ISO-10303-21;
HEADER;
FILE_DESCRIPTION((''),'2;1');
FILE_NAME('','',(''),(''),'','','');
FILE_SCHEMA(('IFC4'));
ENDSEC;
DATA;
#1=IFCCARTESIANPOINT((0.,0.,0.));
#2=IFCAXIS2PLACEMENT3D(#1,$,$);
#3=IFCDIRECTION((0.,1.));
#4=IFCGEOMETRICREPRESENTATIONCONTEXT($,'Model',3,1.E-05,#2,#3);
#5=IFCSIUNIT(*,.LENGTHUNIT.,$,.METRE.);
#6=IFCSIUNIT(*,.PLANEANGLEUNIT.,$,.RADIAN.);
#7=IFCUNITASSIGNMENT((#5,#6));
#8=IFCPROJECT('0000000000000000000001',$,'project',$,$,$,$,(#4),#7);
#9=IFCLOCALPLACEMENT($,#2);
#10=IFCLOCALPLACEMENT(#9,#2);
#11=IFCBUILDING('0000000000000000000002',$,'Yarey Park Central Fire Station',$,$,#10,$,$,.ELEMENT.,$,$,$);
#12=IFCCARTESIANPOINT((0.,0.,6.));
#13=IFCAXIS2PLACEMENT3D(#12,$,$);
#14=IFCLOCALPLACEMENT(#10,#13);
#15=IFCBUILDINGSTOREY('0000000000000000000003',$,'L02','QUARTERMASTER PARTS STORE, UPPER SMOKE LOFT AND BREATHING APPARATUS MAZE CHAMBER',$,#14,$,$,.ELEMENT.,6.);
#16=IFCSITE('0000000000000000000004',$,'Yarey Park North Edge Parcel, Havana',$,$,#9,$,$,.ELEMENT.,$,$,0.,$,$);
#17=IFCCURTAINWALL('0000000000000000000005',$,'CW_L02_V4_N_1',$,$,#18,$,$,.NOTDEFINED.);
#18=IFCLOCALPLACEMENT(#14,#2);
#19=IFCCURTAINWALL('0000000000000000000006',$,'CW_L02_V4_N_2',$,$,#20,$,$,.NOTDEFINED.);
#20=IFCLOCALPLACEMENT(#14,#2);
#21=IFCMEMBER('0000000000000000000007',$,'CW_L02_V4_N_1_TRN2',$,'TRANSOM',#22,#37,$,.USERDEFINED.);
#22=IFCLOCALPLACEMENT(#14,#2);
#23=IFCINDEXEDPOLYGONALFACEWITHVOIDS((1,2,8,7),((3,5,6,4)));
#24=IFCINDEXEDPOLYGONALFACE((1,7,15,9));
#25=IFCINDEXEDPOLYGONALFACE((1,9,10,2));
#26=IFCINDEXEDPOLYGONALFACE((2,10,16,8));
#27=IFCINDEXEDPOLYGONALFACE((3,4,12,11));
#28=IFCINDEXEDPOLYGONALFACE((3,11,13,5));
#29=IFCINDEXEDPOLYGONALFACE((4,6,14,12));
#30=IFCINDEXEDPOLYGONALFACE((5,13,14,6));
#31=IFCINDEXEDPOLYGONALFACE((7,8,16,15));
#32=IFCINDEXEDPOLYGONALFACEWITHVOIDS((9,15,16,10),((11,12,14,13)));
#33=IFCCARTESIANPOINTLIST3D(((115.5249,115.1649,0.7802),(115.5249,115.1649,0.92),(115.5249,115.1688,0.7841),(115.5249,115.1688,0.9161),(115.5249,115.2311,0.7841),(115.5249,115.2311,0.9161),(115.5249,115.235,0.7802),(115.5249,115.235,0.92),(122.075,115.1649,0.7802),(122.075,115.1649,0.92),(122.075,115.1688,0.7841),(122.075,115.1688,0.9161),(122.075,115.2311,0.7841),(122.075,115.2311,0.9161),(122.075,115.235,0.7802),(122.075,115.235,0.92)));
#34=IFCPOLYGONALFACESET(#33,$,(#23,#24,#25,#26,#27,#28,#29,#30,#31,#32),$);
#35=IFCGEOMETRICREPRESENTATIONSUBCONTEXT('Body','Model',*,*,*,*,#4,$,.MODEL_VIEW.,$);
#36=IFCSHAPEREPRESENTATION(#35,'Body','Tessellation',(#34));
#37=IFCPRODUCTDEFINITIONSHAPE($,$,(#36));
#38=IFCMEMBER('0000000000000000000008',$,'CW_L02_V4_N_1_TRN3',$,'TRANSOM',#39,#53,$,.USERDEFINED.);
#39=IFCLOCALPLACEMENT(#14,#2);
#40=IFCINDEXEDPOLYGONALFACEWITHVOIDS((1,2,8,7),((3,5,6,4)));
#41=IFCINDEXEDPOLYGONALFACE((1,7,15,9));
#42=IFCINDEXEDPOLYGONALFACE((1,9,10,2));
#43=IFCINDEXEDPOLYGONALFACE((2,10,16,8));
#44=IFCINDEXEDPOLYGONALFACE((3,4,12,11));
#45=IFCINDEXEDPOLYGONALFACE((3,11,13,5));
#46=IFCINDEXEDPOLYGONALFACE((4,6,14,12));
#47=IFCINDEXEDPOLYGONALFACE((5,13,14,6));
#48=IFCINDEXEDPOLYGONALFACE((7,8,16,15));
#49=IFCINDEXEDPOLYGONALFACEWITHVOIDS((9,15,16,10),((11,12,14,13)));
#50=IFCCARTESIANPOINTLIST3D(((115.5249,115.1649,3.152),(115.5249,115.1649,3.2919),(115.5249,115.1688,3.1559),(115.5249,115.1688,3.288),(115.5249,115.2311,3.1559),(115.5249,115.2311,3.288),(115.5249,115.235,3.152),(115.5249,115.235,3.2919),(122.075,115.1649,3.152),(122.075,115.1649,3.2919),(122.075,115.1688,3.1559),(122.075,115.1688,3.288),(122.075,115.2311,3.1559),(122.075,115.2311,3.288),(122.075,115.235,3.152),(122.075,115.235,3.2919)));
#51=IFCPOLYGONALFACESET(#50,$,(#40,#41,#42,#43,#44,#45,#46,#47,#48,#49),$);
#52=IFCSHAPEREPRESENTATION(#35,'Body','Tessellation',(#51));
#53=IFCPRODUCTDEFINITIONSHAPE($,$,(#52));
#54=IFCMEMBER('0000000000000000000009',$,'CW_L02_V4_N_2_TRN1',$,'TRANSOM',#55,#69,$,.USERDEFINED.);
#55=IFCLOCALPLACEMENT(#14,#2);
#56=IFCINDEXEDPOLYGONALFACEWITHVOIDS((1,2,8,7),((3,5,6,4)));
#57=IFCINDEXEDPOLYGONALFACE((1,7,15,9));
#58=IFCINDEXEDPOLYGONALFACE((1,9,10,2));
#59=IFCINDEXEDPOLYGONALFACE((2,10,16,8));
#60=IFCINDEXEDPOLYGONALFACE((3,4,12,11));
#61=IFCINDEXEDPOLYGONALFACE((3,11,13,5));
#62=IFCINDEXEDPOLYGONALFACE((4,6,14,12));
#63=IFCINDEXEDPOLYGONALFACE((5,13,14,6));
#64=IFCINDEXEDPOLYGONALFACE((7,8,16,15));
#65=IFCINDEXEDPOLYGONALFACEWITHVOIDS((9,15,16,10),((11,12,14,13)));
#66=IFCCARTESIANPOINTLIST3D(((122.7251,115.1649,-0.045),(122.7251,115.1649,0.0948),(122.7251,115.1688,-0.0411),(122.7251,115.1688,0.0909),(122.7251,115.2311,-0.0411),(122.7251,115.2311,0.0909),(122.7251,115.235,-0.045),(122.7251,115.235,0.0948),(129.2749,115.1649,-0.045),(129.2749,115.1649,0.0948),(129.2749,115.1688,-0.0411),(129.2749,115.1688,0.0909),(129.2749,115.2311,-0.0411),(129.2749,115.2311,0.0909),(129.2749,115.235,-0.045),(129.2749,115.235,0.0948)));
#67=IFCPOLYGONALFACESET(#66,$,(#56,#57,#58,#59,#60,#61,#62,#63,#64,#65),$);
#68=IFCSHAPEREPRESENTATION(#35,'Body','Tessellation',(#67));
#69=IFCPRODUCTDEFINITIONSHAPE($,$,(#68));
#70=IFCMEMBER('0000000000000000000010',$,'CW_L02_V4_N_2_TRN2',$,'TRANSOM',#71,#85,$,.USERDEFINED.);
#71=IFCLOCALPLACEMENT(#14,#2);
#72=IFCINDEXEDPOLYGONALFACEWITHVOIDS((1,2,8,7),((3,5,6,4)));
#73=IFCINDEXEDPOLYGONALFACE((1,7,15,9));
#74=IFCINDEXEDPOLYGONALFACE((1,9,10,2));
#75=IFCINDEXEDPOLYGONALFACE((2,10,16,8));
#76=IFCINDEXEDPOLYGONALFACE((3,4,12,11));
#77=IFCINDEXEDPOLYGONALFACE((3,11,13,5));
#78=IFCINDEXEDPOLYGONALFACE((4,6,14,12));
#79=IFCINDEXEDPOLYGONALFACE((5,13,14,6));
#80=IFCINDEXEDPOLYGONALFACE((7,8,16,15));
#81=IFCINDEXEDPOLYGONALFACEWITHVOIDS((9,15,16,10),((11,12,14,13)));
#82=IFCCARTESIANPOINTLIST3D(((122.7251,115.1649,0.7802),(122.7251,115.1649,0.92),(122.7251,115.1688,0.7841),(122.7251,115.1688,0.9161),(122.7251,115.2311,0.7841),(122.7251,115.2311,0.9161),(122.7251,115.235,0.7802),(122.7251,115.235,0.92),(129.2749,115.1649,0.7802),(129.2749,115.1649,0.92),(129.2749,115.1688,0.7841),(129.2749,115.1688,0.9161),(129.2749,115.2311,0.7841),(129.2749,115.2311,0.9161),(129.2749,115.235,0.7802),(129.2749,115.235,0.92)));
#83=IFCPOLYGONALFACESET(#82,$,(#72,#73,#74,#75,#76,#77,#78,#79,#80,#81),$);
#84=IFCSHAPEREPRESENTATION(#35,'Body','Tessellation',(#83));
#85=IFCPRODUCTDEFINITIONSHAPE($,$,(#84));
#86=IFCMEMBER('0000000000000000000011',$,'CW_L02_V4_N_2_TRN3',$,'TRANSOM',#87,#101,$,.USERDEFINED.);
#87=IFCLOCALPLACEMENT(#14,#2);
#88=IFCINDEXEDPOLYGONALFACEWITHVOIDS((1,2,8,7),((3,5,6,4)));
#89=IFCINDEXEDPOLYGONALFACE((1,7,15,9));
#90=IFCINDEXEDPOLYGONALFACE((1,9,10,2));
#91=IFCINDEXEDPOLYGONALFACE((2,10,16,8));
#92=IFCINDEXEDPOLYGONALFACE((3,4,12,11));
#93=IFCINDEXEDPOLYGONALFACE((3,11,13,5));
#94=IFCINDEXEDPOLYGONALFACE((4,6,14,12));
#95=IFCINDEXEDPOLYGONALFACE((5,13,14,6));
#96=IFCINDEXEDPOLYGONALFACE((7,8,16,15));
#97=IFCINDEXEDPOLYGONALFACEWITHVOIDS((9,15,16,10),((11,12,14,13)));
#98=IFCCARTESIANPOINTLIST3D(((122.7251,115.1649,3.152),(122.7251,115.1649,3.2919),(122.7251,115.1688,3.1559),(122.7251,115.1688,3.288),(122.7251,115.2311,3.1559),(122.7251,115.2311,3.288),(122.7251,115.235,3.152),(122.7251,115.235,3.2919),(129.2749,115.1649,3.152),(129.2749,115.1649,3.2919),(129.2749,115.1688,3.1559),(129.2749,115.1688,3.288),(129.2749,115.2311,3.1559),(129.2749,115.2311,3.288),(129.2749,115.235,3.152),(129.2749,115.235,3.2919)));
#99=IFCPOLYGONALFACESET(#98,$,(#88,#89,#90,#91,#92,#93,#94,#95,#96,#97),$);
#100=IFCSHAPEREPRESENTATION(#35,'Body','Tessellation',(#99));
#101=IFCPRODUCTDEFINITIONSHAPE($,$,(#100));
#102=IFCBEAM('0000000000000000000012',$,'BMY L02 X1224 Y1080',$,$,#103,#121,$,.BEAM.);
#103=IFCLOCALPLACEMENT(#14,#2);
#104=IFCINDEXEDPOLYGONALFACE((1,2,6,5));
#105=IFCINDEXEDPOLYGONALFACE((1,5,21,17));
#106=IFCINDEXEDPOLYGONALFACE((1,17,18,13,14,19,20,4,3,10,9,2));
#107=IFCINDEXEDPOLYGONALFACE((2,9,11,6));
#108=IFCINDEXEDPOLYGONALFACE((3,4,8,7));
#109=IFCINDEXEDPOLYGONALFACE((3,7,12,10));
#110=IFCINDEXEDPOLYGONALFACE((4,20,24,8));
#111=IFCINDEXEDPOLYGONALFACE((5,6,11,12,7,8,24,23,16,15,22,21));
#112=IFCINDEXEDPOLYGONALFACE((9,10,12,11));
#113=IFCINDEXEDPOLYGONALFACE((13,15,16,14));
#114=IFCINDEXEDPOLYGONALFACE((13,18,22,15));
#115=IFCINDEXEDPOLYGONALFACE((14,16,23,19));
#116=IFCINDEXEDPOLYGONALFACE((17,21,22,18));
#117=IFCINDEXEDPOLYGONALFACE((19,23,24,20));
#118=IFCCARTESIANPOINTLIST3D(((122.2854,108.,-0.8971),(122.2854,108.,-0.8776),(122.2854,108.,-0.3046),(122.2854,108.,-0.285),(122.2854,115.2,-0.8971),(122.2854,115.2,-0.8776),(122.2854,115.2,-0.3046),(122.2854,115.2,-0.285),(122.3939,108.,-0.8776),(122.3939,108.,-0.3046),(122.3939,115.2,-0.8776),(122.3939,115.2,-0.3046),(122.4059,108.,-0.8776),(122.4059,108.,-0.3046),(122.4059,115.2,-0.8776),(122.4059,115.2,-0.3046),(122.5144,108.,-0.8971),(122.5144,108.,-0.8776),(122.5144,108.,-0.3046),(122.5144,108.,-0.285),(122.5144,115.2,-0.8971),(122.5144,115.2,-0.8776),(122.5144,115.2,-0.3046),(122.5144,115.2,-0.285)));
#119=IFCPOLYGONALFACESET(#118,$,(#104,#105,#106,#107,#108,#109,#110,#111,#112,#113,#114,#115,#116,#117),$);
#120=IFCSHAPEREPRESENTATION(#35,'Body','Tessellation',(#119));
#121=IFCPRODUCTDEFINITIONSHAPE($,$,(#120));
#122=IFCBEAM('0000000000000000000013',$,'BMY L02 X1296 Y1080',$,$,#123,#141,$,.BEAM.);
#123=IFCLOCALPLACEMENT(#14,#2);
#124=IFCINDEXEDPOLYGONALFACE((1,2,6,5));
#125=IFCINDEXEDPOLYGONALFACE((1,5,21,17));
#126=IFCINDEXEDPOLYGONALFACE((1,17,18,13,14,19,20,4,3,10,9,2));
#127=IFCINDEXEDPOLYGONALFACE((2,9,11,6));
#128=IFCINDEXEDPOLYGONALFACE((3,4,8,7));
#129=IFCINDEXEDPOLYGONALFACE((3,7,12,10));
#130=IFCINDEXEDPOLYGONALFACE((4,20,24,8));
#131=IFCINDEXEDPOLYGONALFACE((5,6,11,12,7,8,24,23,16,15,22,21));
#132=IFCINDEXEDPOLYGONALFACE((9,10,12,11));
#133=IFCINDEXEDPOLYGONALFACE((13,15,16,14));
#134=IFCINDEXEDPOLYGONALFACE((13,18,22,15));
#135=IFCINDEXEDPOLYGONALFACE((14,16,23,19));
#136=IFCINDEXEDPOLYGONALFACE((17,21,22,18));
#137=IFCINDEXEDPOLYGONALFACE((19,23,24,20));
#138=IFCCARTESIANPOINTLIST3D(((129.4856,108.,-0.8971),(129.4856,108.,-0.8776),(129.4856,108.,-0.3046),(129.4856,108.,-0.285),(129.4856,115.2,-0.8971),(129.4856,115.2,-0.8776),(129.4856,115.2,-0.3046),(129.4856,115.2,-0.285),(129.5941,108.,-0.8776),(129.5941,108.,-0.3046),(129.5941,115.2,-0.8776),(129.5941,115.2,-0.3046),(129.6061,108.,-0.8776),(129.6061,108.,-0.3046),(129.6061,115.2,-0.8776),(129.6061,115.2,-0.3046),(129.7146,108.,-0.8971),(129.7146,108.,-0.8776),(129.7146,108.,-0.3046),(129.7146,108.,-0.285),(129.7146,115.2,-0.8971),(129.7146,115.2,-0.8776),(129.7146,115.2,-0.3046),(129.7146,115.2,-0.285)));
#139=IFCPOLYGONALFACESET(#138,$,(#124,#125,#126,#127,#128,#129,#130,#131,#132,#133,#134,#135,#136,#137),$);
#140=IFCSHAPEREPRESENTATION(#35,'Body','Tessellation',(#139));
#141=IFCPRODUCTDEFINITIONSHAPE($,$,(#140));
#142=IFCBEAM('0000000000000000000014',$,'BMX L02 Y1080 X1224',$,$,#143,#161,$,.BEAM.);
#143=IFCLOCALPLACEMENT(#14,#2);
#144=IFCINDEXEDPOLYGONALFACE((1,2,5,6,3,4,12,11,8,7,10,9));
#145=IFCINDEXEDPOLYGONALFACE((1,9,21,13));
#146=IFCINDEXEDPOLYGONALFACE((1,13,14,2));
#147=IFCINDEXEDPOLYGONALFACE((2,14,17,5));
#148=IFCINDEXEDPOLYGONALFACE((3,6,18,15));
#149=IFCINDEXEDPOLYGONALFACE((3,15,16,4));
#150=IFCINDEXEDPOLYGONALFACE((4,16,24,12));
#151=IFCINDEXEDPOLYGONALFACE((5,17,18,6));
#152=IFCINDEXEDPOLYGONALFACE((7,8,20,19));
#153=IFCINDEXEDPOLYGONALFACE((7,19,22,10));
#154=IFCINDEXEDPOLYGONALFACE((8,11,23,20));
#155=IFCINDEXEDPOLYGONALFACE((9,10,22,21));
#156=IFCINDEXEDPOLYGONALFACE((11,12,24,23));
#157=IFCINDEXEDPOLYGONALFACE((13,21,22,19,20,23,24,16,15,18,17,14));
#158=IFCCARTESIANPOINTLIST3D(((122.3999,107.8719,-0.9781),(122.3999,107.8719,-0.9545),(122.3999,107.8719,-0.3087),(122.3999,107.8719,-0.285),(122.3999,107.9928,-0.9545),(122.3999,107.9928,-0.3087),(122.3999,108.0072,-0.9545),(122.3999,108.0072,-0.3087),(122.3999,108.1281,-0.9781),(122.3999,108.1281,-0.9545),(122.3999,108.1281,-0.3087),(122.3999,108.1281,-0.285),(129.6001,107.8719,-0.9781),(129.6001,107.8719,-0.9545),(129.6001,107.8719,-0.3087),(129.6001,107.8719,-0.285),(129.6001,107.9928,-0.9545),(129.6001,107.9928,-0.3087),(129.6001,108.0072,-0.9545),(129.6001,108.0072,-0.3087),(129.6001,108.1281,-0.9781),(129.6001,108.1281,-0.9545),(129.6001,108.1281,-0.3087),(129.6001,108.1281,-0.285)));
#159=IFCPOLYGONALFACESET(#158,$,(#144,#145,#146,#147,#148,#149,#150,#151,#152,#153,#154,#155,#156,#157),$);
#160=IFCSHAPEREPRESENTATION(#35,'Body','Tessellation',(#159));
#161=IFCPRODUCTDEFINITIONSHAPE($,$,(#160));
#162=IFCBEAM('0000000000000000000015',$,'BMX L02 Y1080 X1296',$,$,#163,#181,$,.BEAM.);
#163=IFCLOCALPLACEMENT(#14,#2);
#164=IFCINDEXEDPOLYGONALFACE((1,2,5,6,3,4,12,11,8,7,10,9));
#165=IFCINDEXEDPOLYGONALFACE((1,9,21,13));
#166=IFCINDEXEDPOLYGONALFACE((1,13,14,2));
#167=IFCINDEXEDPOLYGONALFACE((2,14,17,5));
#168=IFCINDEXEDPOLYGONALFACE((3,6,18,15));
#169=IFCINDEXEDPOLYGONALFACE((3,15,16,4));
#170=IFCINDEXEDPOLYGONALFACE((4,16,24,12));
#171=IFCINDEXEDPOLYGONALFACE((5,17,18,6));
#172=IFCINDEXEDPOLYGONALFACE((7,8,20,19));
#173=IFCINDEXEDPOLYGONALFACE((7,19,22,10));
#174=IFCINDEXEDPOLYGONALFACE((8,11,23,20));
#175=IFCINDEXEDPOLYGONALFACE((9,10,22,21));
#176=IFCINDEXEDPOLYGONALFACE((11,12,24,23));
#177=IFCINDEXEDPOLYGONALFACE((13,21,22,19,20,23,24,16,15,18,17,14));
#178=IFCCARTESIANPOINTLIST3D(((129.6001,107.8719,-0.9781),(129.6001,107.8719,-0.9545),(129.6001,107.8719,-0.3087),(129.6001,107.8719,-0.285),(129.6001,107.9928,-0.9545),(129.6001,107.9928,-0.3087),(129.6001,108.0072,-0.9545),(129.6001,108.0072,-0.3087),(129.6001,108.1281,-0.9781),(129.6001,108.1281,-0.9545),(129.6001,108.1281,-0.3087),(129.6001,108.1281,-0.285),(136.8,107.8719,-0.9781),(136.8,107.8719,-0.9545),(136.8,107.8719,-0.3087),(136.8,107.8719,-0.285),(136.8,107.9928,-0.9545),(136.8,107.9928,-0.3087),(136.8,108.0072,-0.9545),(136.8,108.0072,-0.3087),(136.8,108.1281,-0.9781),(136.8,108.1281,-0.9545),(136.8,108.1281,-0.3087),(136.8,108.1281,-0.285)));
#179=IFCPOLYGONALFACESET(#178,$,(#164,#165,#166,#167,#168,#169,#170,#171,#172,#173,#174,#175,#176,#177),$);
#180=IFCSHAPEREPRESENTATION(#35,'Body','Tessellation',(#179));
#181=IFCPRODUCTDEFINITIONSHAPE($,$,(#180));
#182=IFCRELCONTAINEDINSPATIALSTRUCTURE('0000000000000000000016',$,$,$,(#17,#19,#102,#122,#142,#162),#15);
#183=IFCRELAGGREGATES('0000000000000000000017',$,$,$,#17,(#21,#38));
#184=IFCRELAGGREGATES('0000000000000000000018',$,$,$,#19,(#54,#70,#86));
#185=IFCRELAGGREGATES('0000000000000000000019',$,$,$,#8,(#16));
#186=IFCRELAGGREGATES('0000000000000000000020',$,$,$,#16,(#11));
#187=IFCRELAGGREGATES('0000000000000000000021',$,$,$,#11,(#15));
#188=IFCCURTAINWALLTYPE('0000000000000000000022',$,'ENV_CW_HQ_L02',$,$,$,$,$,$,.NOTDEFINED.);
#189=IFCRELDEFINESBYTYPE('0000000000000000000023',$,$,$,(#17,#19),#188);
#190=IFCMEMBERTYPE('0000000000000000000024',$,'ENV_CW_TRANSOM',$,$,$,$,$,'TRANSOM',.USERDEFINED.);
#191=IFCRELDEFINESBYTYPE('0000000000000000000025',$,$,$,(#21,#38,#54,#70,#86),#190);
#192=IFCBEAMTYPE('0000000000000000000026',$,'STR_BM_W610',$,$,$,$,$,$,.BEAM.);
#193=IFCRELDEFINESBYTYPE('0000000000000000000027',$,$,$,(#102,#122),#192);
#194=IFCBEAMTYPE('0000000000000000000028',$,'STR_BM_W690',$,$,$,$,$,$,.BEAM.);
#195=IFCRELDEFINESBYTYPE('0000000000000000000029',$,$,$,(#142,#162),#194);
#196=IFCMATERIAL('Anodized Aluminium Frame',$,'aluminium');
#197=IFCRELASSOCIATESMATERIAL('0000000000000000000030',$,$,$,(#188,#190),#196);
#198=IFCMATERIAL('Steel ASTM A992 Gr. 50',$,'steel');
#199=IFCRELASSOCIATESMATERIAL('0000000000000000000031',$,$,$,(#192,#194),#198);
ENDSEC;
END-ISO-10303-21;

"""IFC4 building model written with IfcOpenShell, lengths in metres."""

from ifc_helpers import new_model, si_unit, direction, frame, origin, origin_2d, place, context, subcontext, project, spatial, hollow_rectangle, i_section, extrude, material, material_profile, profile_set, type_object, element, aggregate, save


model = new_model("IFC4")

# Units and contexts
model_context = context("Model", 3, precision=1e-05, world=origin(), true_north=direction((0.0, 1.0)))
body_context = subcontext(model_context, "Body", "Model", "MODEL_VIEW")
ifc_project = project(units=[si_unit("LENGTHUNIT", "METRE"), si_unit("PLANEANGLEUNIT", "RADIAN")], contexts=[model_context])

# Site, building, storey
site_placement = place(None, origin())
site = spatial("IfcSite", under=ifc_project, at=site_placement, Name="Yarey Park North Edge Parcel, Havana", CompositionType="ELEMENT", RefElevation=0.0)
building_placement = place(site_placement, origin())
building = spatial("IfcBuilding", under=site, at=building_placement, Name="Yarey Park Central Fire Station", CompositionType="ELEMENT")
storey_placement = place(building_placement, frame((0.0, 0.0, 6.0)))
storey = spatial("IfcBuildingStorey", under=building, at=storey_placement, Name="L02", Description="QUARTERMASTER PARTS STORE, UPPER SMOKE LOFT AND BREATHING APPARATUS MAZE CHAMBER", CompositionType="ELEMENT", Elevation=6.0)

# Curtain wall
ifc_material_1 = material(Name="Anodized Aluminium Frame", Category="aluminium")
curtain_wall_type = type_object("IfcCurtainWallType", Name="ENV_CW_HQ_L02", PredefinedType="NOTDEFINED", material=ifc_material_1)
curtain_wall_1_placement = place(storey_placement, origin())
curtain_wall_1 = element("IfcCurtainWall", 1, at=curtain_wall_1_placement, inside=storey, type_object=curtain_wall_type, Name="CW_L02_V4_N_1", PredefinedType="NOTDEFINED")

# Curtain wall
curtain_wall_2_placement = place(storey_placement, origin())
curtain_wall_2 = element("IfcCurtainWall", 2, at=curtain_wall_2_placement, inside=storey, type_object=curtain_wall_type, Name="CW_L02_V4_N_2", PredefinedType="NOTDEFINED")

# Members
ifc_material_profile_1 = material_profile(ifc_material_1, hollow_rectangle(XDim=0.0701, YDim=0.1399, WallThickness=0.0039, at=origin_2d()), Name="ALU 140x70x4")
ifc_profile_set_1 = profile_set([ifc_material_profile_1], Name="Anodized Aluminium Frame")
member_type_1 = type_object("IfcMemberType", Name="ENV_CW_TRANSOM", ElementType="TRANSOM", PredefinedType="USERDEFINED", material=ifc_profile_set_1)
member_1_placement = place(storey_placement, frame((122.075, 115.2, 0.8501), z_axis=(-1.0, 0.0, 0.0), x_axis=(0.0, -1.0, 0.0)))
member_1 = element("IfcMember", 3, at=member_1_placement, type_object=member_type_1, Name="CW_L02_V4_N_1_TRN2", ObjectType="TRANSOM", PredefinedType="USERDEFINED", context=body_context, shape_type="SweptSolid", body=[
    extrude(hollow_rectangle(XDim=0.0701, YDim=0.1399, WallThickness=0.0039, at=origin_2d()), origin(), (0.0, 0.0, 1.0), 6.55),
])
member_2_placement = place(storey_placement, frame((122.075, 115.2, 3.2219), z_axis=(-1.0, 0.0, 0.0), x_axis=(0.0, -1.0, 0.0)))
member_2 = element("IfcMember", 4, at=member_2_placement, type_object=member_type_1, Name="CW_L02_V4_N_1_TRN3", ObjectType="TRANSOM", PredefinedType="USERDEFINED", context=body_context, shape_type="SweptSolid", body=[
    extrude(hollow_rectangle(XDim=0.0701, YDim=0.1399, WallThickness=0.0039, at=origin_2d()), origin(), (0.0, 0.0, 1.0), 6.55),
])
aggregate(curtain_wall_1, [member_1, member_2])
member_3_placement = place(storey_placement, frame((129.2749, 115.2, 0.0249), z_axis=(-1.0, 0.0, 0.0), x_axis=(0.0, -1.0, 0.0)))
member_3 = element("IfcMember", 5, at=member_3_placement, type_object=member_type_1, Name="CW_L02_V4_N_2_TRN1", ObjectType="TRANSOM", PredefinedType="USERDEFINED", context=body_context, shape_type="SweptSolid", body=[
    extrude(hollow_rectangle(XDim=0.0701, YDim=0.1399, WallThickness=0.0039, at=origin_2d()), origin(), (0.0, 0.0, 1.0), 6.5498),
])
member_4_placement = place(storey_placement, frame((129.2749, 115.2, 0.8501), z_axis=(-1.0, 0.0, 0.0), x_axis=(0.0, -1.0, 0.0)))
member_4 = element("IfcMember", 6, at=member_4_placement, type_object=member_type_1, Name="CW_L02_V4_N_2_TRN2", ObjectType="TRANSOM", PredefinedType="USERDEFINED", context=body_context, shape_type="SweptSolid", body=[
    extrude(hollow_rectangle(XDim=0.0701, YDim=0.1399, WallThickness=0.0039, at=origin_2d()), origin(), (0.0, 0.0, 1.0), 6.5498),
])
member_5_placement = place(storey_placement, frame((129.2749, 115.2, 3.2219), z_axis=(-1.0, 0.0, 0.0), x_axis=(0.0, -1.0, 0.0)))
member_5 = element("IfcMember", 7, at=member_5_placement, type_object=member_type_1, Name="CW_L02_V4_N_2_TRN3", ObjectType="TRANSOM", PredefinedType="USERDEFINED", context=body_context, shape_type="SweptSolid", body=[
    extrude(hollow_rectangle(XDim=0.0701, YDim=0.1399, WallThickness=0.0039, at=origin_2d()), origin(), (0.0, 0.0, 1.0), 6.5498),
])

# Beams
ifc_material_2 = material(Name="Steel ASTM A992 Gr. 50", Category="steel")
ifc_material_profile_2 = material_profile(ifc_material_2, i_section(OverallWidth=0.229, OverallDepth=0.6121, WebThickness=0.012, FlangeThickness=0.0195, at=origin_2d()), Name="W610x125")
ifc_profile_set_2 = profile_set([ifc_material_profile_2], Name="Steel ASTM A992 Gr. 50")
beam_type_1 = type_object("IfcBeamType", Name="STR_BM_W610", PredefinedType="BEAM", material=ifc_profile_set_2)
for number, where, z_axis, x_axis, name in (
    (8, (122.3999, 108.0, -0.5911), (0.0, 1.0, 0.0), (-1.0, 0.0, 0.0), "BMY L02 X1224 Y1080"),
    (9, (129.6001, 108.0, -0.5911), (0.0, 1.0, 0.0), (-1.0, 0.0, 0.0), "BMY L02 X1296 Y1080"),
):
    element("IfcBeam", number, at=place(storey_placement, frame(where, z_axis=z_axis, x_axis=x_axis)), inside=storey, type_object=beam_type_1, Name=name, PredefinedType="BEAM", context=body_context, shape_type="SweptSolid", body=[
        extrude(i_section(OverallWidth=0.229, OverallDepth=0.6121, WebThickness=0.012, FlangeThickness=0.0195, at=origin_2d()), origin(), (0.0, 0.0, 1.0), 7.2),
    ])
ifc_material_profile_3 = material_profile(ifc_material_2, i_section(OverallWidth=0.2561, OverallDepth=0.6931, WebThickness=0.0144, FlangeThickness=0.0237, at=origin_2d()), Name="W690x170")
ifc_profile_set_3 = profile_set([ifc_material_profile_3], Name="Steel ASTM A992 Gr. 50")
beam_type_2 = type_object("IfcBeamType", Name="STR_BM_W690", PredefinedType="BEAM", material=ifc_profile_set_3)
beam_1_placement = place(storey_placement, frame((122.3999, 108.0, -0.6316), z_axis=(1.0, 0.0, 0.0), x_axis=(0.0, 1.0, 0.0)))
element("IfcBeam", 10, at=beam_1_placement, inside=storey, type_object=beam_type_2, Name="BMX L02 Y1080 X1224", PredefinedType="BEAM", context=body_context, shape_type="SweptSolid", body=[
    extrude(i_section(OverallWidth=0.2561, OverallDepth=0.6931, WebThickness=0.0144, FlangeThickness=0.0237, at=origin_2d()), origin(), (0.0, 0.0, 1.0), 7.2002),
])
beam_2_placement = place(storey_placement, frame((129.6001, 108.0, -0.6316), z_axis=(1.0, 0.0, 0.0), x_axis=(0.0, 1.0, 0.0)))
element("IfcBeam", 11, at=beam_2_placement, inside=storey, type_object=beam_type_2, Name="BMX L02 Y1080 X1296", PredefinedType="BEAM", context=body_context, shape_type="SweptSolid", body=[
    extrude(i_section(OverallWidth=0.2561, OverallDepth=0.6931, WebThickness=0.0144, FlangeThickness=0.0237, at=origin_2d()), origin(), (0.0, 0.0, 1.0), 7.2),
])

aggregate(curtain_wall_2, [member_3, member_4, member_5])

save(model, "model.ifc")
